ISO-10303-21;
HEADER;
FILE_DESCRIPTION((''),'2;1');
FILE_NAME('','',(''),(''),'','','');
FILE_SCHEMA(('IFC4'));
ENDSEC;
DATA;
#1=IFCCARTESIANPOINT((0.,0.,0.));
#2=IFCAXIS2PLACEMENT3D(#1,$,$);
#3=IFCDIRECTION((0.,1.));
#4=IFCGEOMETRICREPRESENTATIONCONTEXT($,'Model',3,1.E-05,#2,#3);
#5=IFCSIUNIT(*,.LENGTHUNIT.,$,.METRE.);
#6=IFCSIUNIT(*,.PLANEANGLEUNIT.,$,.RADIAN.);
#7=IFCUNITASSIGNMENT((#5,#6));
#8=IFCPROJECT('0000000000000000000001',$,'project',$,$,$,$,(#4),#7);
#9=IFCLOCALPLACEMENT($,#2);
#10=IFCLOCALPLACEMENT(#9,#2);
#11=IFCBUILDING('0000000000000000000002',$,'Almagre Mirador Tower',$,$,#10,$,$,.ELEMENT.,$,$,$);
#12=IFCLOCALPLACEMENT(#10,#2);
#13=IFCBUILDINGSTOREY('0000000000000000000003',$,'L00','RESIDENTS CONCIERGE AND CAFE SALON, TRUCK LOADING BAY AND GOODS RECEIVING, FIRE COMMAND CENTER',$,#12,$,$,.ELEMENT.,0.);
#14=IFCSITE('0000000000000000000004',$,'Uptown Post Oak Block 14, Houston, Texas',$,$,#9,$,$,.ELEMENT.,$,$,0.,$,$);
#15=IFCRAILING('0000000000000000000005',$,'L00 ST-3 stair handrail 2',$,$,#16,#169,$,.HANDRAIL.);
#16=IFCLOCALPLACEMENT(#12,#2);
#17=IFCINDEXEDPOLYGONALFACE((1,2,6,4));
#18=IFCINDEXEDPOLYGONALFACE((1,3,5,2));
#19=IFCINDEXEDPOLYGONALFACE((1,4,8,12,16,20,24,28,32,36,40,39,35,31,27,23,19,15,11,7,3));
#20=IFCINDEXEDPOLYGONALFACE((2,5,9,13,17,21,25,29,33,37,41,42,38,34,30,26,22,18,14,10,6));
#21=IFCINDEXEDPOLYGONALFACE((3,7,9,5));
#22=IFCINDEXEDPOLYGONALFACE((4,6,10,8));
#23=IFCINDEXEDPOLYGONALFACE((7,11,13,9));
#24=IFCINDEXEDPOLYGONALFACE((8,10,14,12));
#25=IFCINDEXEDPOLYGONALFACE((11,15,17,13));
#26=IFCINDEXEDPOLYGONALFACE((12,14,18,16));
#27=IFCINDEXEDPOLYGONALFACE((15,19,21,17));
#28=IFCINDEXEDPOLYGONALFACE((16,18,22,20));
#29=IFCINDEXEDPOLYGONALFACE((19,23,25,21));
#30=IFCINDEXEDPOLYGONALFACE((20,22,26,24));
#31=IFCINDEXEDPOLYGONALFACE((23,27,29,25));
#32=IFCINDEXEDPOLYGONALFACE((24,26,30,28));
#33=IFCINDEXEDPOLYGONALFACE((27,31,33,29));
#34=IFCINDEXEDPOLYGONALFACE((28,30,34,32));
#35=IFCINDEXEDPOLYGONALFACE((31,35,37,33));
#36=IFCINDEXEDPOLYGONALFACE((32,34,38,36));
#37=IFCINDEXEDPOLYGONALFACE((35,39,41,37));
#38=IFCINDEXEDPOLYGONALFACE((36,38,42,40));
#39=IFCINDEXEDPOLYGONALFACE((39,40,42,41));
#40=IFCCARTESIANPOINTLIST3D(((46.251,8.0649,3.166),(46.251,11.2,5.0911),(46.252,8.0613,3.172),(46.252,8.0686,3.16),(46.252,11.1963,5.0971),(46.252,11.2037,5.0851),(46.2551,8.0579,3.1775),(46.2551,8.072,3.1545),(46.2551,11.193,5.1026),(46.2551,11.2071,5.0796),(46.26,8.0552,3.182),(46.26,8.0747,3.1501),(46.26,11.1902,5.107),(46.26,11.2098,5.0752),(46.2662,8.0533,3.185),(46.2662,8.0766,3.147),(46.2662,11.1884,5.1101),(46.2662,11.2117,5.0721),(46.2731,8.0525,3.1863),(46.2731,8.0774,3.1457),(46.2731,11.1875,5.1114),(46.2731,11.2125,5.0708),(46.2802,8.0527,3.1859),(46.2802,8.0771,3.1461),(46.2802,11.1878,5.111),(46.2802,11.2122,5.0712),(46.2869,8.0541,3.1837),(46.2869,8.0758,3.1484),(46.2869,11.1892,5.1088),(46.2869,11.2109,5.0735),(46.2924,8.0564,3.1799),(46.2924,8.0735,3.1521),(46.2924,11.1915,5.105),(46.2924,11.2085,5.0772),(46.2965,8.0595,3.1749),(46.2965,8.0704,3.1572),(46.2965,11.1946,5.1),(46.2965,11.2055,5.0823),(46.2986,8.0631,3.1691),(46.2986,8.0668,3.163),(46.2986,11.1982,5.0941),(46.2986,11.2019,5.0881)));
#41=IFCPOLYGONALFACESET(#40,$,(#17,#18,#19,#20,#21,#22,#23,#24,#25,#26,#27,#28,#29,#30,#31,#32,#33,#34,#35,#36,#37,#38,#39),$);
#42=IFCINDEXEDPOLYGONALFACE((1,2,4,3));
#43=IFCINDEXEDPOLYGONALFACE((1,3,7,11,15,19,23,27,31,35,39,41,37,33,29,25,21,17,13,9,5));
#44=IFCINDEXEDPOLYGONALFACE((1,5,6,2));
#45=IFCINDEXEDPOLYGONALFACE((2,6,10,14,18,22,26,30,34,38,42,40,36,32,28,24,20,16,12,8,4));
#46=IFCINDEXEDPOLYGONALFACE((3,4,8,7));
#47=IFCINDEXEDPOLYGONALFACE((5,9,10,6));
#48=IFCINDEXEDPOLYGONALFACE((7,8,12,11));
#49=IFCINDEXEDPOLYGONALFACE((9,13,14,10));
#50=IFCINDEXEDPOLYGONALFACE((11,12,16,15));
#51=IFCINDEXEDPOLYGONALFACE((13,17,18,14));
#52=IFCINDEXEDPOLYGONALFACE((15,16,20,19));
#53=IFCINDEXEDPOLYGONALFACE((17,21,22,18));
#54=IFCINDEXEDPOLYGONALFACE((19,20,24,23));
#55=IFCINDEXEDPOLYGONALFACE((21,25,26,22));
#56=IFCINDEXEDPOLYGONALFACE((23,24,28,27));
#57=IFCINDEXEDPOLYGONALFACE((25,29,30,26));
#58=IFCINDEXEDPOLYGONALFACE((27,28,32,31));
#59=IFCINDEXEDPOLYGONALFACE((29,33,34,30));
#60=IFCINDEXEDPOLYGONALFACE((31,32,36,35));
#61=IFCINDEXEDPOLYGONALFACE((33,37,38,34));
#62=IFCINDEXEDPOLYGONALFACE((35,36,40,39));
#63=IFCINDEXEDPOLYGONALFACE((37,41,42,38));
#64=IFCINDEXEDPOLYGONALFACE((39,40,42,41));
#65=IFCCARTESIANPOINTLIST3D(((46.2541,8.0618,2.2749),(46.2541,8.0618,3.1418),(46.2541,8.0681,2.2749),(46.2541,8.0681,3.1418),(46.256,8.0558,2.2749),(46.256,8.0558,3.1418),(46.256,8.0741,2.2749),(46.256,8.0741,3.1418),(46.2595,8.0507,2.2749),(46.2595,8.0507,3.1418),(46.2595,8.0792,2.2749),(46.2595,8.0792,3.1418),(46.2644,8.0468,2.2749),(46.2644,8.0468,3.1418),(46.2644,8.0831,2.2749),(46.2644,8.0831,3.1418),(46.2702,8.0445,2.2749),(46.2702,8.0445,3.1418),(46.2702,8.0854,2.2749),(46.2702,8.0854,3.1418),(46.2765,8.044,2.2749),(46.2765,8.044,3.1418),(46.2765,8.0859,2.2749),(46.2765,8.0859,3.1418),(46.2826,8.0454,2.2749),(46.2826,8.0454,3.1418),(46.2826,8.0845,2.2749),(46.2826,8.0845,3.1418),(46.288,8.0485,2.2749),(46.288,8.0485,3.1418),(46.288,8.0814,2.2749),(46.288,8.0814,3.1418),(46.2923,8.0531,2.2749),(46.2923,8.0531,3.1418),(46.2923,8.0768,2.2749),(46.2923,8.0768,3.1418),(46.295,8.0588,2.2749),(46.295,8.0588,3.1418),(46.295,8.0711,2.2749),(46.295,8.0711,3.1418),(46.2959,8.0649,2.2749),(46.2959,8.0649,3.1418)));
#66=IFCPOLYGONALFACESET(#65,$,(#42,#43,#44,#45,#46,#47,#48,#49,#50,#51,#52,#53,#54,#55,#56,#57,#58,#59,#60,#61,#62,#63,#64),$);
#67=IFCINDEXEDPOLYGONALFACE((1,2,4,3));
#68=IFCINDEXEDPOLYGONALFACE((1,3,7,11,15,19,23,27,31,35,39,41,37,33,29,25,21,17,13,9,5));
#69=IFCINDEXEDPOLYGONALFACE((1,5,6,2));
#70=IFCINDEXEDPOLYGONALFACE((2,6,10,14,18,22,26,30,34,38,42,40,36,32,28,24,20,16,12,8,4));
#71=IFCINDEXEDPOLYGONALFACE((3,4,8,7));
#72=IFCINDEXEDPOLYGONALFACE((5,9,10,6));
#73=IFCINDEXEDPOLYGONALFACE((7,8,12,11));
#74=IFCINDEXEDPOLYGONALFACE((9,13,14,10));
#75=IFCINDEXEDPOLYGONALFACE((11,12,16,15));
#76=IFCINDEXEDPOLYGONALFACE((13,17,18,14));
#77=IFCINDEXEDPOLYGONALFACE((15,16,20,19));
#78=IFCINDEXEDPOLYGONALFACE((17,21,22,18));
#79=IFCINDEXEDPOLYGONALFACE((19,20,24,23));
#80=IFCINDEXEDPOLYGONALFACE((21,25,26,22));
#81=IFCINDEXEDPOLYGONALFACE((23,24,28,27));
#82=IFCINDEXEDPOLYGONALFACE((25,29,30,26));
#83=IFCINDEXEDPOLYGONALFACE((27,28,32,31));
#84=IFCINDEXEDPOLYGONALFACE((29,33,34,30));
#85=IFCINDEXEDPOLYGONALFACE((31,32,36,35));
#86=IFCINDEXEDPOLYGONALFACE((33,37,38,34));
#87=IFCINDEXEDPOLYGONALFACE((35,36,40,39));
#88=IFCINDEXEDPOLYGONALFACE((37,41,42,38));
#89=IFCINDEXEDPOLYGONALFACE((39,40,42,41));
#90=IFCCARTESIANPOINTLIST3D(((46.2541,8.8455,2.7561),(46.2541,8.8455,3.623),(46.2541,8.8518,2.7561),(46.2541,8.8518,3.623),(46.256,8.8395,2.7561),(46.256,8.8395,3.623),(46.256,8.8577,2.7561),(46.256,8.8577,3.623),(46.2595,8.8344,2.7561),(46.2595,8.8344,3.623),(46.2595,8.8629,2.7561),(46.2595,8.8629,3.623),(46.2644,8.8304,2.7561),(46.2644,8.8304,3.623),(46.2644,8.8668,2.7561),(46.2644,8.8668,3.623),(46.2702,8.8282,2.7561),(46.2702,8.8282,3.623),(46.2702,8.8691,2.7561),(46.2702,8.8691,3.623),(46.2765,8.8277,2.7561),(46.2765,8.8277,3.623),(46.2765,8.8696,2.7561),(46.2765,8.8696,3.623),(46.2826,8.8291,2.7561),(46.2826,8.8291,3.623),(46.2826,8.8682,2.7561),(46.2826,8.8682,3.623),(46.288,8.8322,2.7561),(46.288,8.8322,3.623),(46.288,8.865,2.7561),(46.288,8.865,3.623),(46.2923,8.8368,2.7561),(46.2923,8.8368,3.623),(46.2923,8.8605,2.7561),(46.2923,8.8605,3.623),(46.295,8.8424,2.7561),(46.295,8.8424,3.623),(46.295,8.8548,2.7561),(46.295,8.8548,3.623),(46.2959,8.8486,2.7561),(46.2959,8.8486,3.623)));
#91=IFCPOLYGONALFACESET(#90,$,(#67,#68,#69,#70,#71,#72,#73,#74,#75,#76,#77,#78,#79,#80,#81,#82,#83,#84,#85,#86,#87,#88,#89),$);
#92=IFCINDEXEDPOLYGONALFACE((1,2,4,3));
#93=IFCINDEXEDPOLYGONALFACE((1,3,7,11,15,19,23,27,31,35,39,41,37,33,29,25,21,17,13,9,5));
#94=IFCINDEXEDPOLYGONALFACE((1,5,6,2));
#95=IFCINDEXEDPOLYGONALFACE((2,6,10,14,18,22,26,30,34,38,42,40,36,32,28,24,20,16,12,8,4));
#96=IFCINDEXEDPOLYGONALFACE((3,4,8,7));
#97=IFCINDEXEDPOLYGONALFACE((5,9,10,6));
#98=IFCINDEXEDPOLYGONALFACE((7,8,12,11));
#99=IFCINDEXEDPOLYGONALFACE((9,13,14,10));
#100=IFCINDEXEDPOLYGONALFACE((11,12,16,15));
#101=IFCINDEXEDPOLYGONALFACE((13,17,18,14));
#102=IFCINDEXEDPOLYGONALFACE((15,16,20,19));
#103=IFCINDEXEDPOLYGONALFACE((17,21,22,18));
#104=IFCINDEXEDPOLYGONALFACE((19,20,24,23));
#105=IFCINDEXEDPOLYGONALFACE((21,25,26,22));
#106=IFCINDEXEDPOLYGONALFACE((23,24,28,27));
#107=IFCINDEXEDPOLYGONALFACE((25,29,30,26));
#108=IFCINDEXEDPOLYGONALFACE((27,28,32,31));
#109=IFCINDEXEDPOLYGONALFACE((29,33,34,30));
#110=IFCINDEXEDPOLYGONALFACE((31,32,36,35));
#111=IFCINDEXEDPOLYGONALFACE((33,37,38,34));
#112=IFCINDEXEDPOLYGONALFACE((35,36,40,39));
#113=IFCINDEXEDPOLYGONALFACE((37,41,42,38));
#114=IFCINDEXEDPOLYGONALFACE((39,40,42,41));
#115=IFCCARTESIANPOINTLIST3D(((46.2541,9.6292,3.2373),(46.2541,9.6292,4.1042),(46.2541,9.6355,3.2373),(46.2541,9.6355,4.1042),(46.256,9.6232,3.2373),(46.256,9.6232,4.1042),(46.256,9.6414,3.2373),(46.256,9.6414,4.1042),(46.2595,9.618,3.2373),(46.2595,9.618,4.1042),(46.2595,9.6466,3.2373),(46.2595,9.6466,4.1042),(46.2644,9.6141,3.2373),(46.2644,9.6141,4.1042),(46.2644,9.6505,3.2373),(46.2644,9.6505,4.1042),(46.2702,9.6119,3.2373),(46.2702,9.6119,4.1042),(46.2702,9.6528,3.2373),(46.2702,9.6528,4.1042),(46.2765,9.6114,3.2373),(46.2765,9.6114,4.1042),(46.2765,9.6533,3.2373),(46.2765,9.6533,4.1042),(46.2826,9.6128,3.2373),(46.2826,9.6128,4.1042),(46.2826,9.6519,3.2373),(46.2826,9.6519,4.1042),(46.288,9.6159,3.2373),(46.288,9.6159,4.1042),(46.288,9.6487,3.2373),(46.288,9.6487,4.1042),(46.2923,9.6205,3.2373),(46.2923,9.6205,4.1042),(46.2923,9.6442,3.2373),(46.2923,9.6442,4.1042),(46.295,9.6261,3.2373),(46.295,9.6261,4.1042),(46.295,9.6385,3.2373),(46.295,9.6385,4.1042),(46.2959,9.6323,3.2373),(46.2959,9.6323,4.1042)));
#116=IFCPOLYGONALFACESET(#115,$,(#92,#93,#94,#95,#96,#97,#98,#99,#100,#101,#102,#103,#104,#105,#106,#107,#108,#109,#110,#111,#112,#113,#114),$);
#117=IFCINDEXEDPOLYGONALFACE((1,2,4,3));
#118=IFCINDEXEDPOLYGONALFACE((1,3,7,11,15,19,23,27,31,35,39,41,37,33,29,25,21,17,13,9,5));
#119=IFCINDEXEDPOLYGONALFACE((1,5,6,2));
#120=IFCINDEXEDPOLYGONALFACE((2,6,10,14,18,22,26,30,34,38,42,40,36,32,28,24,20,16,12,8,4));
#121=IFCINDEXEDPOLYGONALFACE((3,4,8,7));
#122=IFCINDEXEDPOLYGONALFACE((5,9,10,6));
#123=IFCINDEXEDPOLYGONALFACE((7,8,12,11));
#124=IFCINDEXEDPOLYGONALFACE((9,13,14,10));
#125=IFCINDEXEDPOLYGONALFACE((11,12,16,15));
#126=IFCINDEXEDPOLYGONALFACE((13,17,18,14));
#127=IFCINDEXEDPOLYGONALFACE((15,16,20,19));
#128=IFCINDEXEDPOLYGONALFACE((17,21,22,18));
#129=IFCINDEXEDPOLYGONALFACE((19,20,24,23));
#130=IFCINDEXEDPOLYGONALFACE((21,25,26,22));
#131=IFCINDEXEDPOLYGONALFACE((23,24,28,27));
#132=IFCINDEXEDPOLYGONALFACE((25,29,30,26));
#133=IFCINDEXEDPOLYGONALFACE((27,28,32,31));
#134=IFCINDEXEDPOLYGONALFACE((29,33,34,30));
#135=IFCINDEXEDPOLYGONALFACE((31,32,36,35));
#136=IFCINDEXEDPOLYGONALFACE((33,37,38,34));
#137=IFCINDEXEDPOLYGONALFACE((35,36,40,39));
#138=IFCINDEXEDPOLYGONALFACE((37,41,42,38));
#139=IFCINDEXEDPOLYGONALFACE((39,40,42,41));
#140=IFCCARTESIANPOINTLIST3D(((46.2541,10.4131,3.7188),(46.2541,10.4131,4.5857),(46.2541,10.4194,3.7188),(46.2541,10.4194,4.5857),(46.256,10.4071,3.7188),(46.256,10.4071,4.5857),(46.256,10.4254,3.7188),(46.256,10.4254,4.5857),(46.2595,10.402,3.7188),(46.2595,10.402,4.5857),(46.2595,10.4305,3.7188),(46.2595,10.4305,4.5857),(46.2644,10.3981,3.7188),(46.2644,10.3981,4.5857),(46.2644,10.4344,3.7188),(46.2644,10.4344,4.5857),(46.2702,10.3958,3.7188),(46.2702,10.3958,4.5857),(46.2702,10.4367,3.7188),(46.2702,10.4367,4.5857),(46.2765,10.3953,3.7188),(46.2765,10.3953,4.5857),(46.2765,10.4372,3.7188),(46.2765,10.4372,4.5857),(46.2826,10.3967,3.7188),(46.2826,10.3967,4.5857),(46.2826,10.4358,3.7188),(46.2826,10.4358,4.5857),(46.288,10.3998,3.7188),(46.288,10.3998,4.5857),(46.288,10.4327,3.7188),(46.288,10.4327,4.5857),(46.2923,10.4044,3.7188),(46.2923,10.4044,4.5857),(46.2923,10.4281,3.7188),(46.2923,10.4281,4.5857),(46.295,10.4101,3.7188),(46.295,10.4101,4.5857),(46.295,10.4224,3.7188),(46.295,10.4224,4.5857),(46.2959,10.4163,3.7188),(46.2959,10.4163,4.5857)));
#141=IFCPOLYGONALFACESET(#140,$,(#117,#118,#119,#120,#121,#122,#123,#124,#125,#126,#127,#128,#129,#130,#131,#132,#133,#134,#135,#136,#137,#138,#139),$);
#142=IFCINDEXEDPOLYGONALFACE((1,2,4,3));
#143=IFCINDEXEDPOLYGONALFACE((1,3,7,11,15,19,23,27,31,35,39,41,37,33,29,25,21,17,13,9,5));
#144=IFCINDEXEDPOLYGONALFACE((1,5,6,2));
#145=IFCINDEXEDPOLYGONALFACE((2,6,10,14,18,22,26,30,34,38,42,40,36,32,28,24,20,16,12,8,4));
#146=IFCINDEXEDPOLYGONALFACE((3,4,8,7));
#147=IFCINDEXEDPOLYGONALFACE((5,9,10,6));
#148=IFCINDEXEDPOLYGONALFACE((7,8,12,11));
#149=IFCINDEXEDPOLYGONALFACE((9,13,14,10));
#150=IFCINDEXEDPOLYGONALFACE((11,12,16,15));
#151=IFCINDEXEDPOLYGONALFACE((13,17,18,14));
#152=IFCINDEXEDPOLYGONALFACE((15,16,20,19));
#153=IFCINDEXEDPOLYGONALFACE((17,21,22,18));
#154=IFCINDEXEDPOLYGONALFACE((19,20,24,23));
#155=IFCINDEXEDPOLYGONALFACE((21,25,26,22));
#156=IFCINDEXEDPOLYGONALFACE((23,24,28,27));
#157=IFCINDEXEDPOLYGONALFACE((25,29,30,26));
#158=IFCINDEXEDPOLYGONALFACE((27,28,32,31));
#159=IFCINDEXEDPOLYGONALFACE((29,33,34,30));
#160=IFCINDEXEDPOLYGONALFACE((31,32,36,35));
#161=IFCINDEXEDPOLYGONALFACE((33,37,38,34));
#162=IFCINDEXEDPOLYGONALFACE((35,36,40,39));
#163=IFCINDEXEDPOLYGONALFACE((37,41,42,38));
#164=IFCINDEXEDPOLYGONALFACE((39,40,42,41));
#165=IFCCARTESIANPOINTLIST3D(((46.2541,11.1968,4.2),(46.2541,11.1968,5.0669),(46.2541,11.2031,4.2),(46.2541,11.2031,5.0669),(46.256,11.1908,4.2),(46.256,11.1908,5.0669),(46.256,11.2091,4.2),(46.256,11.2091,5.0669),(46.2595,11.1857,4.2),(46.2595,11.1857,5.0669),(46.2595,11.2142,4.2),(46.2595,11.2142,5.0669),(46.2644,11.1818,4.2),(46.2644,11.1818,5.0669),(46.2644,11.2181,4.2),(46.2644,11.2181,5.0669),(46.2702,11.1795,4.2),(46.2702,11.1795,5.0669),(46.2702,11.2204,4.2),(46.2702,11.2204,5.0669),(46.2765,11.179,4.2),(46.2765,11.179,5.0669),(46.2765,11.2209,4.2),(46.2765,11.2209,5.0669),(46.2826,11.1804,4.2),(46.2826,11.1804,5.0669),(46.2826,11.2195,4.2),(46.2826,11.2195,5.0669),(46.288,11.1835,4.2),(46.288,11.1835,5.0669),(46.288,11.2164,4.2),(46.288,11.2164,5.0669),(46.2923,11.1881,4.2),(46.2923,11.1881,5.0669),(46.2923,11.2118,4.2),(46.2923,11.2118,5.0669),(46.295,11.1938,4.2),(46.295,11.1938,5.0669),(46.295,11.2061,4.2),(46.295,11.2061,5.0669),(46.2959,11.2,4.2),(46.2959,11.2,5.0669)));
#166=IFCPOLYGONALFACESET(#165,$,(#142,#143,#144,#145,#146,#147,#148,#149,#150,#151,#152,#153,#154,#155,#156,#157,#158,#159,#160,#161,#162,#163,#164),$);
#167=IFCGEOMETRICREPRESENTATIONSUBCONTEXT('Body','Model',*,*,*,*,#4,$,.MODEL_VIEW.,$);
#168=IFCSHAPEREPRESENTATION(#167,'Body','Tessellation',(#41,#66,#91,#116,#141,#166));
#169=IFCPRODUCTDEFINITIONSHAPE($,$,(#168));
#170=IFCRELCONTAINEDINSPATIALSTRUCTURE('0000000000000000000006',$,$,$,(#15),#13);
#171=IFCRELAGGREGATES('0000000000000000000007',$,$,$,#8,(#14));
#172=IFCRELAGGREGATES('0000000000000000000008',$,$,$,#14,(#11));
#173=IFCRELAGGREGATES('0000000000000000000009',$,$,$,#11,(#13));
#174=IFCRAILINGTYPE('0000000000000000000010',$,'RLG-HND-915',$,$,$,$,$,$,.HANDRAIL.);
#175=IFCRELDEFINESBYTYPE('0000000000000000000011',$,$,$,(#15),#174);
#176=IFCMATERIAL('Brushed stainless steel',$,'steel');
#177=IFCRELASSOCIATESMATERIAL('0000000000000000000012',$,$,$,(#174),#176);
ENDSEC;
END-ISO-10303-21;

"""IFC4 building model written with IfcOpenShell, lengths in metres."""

from ifc_helpers import new_model, si_unit, direction, frame, origin, origin_2d, place, context, subcontext, project, spatial, circle, extrude, material, type_object, element, save


model = new_model("IFC4")

# Units and contexts
model_context = context("Model", 3, precision=1e-05, world=origin(), true_north=direction((0.0, 1.0)))
body_context = subcontext(model_context, "Body", "Model", "MODEL_VIEW")
ifc_project = project(units=[si_unit("LENGTHUNIT", "METRE"), si_unit("PLANEANGLEUNIT", "RADIAN")], contexts=[model_context])

# Site, building, storey
site_placement = place(None, origin())
site = spatial("IfcSite", under=ifc_project, at=site_placement, Name="Uptown Post Oak Block 14, Houston, Texas", CompositionType="ELEMENT", RefElevation=0.0)
building_placement = place(site_placement, origin())
building = spatial("IfcBuilding", under=site, at=building_placement, Name="Almagre Mirador Tower", CompositionType="ELEMENT")
storey_placement = place(building_placement, origin())
storey = spatial("IfcBuildingStorey", under=building, at=storey_placement, Name="L00", Description="RESIDENTS CONCIERGE AND CAFE SALON, TRUCK LOADING BAY AND GOODS RECEIVING, FIRE COMMAND CENTER", CompositionType="ELEMENT", Elevation=0.0)

# Railing
ifc_material_1 = material(Name="Brushed stainless steel", Category="steel")
railing_type_1 = type_object("IfcRailingType", Name="RLG-HND-915", PredefinedType="HANDRAIL", material=ifc_material_1)
railing_1_placement = place(storey_placement, frame((46.2749, 8.0649, 2.2749)))
element("IfcRailing", 1, at=railing_1_placement, inside=storey, type_object=railing_type_1, Name="L00 ST-3 stair handrail 2", PredefinedType="HANDRAIL", context=body_context, shape_type="SweptSolid", body=[
    extrude(circle(Radius=0.0239, at=origin_2d()), frame((0.0, 0.0, 0.8911), z_axis=(0.0, 0.852166, 0.523271), x_axis=(-1.0, 0.0, 0.0)), (0.0, 0.0, 1.0), 3.679),
    extrude(circle(Radius=0.021, at=origin_2d()), origin(), (0.0, 0.0, 1.0), 0.8669),
    extrude(circle(Radius=0.021, at=origin_2d()), frame((0.0, 0.7837, 0.4812)), (0.0, 0.0, 1.0), 0.8669),
    extrude(circle(Radius=0.021, at=origin_2d()), frame((0.0, 1.5674, 0.9624)), (0.0, 0.0, 1.0), 0.8669),
    extrude(circle(Radius=0.021, at=origin_2d()), frame((0.0, 2.3513, 1.4438)), (0.0, 0.0, 1.0), 0.8669),
    extrude(circle(Radius=0.021, at=origin_2d()), frame((0.0, 3.135, 1.925)), (0.0, 0.0, 1.0), 0.8669),
])

save(model, "model.ifc")
